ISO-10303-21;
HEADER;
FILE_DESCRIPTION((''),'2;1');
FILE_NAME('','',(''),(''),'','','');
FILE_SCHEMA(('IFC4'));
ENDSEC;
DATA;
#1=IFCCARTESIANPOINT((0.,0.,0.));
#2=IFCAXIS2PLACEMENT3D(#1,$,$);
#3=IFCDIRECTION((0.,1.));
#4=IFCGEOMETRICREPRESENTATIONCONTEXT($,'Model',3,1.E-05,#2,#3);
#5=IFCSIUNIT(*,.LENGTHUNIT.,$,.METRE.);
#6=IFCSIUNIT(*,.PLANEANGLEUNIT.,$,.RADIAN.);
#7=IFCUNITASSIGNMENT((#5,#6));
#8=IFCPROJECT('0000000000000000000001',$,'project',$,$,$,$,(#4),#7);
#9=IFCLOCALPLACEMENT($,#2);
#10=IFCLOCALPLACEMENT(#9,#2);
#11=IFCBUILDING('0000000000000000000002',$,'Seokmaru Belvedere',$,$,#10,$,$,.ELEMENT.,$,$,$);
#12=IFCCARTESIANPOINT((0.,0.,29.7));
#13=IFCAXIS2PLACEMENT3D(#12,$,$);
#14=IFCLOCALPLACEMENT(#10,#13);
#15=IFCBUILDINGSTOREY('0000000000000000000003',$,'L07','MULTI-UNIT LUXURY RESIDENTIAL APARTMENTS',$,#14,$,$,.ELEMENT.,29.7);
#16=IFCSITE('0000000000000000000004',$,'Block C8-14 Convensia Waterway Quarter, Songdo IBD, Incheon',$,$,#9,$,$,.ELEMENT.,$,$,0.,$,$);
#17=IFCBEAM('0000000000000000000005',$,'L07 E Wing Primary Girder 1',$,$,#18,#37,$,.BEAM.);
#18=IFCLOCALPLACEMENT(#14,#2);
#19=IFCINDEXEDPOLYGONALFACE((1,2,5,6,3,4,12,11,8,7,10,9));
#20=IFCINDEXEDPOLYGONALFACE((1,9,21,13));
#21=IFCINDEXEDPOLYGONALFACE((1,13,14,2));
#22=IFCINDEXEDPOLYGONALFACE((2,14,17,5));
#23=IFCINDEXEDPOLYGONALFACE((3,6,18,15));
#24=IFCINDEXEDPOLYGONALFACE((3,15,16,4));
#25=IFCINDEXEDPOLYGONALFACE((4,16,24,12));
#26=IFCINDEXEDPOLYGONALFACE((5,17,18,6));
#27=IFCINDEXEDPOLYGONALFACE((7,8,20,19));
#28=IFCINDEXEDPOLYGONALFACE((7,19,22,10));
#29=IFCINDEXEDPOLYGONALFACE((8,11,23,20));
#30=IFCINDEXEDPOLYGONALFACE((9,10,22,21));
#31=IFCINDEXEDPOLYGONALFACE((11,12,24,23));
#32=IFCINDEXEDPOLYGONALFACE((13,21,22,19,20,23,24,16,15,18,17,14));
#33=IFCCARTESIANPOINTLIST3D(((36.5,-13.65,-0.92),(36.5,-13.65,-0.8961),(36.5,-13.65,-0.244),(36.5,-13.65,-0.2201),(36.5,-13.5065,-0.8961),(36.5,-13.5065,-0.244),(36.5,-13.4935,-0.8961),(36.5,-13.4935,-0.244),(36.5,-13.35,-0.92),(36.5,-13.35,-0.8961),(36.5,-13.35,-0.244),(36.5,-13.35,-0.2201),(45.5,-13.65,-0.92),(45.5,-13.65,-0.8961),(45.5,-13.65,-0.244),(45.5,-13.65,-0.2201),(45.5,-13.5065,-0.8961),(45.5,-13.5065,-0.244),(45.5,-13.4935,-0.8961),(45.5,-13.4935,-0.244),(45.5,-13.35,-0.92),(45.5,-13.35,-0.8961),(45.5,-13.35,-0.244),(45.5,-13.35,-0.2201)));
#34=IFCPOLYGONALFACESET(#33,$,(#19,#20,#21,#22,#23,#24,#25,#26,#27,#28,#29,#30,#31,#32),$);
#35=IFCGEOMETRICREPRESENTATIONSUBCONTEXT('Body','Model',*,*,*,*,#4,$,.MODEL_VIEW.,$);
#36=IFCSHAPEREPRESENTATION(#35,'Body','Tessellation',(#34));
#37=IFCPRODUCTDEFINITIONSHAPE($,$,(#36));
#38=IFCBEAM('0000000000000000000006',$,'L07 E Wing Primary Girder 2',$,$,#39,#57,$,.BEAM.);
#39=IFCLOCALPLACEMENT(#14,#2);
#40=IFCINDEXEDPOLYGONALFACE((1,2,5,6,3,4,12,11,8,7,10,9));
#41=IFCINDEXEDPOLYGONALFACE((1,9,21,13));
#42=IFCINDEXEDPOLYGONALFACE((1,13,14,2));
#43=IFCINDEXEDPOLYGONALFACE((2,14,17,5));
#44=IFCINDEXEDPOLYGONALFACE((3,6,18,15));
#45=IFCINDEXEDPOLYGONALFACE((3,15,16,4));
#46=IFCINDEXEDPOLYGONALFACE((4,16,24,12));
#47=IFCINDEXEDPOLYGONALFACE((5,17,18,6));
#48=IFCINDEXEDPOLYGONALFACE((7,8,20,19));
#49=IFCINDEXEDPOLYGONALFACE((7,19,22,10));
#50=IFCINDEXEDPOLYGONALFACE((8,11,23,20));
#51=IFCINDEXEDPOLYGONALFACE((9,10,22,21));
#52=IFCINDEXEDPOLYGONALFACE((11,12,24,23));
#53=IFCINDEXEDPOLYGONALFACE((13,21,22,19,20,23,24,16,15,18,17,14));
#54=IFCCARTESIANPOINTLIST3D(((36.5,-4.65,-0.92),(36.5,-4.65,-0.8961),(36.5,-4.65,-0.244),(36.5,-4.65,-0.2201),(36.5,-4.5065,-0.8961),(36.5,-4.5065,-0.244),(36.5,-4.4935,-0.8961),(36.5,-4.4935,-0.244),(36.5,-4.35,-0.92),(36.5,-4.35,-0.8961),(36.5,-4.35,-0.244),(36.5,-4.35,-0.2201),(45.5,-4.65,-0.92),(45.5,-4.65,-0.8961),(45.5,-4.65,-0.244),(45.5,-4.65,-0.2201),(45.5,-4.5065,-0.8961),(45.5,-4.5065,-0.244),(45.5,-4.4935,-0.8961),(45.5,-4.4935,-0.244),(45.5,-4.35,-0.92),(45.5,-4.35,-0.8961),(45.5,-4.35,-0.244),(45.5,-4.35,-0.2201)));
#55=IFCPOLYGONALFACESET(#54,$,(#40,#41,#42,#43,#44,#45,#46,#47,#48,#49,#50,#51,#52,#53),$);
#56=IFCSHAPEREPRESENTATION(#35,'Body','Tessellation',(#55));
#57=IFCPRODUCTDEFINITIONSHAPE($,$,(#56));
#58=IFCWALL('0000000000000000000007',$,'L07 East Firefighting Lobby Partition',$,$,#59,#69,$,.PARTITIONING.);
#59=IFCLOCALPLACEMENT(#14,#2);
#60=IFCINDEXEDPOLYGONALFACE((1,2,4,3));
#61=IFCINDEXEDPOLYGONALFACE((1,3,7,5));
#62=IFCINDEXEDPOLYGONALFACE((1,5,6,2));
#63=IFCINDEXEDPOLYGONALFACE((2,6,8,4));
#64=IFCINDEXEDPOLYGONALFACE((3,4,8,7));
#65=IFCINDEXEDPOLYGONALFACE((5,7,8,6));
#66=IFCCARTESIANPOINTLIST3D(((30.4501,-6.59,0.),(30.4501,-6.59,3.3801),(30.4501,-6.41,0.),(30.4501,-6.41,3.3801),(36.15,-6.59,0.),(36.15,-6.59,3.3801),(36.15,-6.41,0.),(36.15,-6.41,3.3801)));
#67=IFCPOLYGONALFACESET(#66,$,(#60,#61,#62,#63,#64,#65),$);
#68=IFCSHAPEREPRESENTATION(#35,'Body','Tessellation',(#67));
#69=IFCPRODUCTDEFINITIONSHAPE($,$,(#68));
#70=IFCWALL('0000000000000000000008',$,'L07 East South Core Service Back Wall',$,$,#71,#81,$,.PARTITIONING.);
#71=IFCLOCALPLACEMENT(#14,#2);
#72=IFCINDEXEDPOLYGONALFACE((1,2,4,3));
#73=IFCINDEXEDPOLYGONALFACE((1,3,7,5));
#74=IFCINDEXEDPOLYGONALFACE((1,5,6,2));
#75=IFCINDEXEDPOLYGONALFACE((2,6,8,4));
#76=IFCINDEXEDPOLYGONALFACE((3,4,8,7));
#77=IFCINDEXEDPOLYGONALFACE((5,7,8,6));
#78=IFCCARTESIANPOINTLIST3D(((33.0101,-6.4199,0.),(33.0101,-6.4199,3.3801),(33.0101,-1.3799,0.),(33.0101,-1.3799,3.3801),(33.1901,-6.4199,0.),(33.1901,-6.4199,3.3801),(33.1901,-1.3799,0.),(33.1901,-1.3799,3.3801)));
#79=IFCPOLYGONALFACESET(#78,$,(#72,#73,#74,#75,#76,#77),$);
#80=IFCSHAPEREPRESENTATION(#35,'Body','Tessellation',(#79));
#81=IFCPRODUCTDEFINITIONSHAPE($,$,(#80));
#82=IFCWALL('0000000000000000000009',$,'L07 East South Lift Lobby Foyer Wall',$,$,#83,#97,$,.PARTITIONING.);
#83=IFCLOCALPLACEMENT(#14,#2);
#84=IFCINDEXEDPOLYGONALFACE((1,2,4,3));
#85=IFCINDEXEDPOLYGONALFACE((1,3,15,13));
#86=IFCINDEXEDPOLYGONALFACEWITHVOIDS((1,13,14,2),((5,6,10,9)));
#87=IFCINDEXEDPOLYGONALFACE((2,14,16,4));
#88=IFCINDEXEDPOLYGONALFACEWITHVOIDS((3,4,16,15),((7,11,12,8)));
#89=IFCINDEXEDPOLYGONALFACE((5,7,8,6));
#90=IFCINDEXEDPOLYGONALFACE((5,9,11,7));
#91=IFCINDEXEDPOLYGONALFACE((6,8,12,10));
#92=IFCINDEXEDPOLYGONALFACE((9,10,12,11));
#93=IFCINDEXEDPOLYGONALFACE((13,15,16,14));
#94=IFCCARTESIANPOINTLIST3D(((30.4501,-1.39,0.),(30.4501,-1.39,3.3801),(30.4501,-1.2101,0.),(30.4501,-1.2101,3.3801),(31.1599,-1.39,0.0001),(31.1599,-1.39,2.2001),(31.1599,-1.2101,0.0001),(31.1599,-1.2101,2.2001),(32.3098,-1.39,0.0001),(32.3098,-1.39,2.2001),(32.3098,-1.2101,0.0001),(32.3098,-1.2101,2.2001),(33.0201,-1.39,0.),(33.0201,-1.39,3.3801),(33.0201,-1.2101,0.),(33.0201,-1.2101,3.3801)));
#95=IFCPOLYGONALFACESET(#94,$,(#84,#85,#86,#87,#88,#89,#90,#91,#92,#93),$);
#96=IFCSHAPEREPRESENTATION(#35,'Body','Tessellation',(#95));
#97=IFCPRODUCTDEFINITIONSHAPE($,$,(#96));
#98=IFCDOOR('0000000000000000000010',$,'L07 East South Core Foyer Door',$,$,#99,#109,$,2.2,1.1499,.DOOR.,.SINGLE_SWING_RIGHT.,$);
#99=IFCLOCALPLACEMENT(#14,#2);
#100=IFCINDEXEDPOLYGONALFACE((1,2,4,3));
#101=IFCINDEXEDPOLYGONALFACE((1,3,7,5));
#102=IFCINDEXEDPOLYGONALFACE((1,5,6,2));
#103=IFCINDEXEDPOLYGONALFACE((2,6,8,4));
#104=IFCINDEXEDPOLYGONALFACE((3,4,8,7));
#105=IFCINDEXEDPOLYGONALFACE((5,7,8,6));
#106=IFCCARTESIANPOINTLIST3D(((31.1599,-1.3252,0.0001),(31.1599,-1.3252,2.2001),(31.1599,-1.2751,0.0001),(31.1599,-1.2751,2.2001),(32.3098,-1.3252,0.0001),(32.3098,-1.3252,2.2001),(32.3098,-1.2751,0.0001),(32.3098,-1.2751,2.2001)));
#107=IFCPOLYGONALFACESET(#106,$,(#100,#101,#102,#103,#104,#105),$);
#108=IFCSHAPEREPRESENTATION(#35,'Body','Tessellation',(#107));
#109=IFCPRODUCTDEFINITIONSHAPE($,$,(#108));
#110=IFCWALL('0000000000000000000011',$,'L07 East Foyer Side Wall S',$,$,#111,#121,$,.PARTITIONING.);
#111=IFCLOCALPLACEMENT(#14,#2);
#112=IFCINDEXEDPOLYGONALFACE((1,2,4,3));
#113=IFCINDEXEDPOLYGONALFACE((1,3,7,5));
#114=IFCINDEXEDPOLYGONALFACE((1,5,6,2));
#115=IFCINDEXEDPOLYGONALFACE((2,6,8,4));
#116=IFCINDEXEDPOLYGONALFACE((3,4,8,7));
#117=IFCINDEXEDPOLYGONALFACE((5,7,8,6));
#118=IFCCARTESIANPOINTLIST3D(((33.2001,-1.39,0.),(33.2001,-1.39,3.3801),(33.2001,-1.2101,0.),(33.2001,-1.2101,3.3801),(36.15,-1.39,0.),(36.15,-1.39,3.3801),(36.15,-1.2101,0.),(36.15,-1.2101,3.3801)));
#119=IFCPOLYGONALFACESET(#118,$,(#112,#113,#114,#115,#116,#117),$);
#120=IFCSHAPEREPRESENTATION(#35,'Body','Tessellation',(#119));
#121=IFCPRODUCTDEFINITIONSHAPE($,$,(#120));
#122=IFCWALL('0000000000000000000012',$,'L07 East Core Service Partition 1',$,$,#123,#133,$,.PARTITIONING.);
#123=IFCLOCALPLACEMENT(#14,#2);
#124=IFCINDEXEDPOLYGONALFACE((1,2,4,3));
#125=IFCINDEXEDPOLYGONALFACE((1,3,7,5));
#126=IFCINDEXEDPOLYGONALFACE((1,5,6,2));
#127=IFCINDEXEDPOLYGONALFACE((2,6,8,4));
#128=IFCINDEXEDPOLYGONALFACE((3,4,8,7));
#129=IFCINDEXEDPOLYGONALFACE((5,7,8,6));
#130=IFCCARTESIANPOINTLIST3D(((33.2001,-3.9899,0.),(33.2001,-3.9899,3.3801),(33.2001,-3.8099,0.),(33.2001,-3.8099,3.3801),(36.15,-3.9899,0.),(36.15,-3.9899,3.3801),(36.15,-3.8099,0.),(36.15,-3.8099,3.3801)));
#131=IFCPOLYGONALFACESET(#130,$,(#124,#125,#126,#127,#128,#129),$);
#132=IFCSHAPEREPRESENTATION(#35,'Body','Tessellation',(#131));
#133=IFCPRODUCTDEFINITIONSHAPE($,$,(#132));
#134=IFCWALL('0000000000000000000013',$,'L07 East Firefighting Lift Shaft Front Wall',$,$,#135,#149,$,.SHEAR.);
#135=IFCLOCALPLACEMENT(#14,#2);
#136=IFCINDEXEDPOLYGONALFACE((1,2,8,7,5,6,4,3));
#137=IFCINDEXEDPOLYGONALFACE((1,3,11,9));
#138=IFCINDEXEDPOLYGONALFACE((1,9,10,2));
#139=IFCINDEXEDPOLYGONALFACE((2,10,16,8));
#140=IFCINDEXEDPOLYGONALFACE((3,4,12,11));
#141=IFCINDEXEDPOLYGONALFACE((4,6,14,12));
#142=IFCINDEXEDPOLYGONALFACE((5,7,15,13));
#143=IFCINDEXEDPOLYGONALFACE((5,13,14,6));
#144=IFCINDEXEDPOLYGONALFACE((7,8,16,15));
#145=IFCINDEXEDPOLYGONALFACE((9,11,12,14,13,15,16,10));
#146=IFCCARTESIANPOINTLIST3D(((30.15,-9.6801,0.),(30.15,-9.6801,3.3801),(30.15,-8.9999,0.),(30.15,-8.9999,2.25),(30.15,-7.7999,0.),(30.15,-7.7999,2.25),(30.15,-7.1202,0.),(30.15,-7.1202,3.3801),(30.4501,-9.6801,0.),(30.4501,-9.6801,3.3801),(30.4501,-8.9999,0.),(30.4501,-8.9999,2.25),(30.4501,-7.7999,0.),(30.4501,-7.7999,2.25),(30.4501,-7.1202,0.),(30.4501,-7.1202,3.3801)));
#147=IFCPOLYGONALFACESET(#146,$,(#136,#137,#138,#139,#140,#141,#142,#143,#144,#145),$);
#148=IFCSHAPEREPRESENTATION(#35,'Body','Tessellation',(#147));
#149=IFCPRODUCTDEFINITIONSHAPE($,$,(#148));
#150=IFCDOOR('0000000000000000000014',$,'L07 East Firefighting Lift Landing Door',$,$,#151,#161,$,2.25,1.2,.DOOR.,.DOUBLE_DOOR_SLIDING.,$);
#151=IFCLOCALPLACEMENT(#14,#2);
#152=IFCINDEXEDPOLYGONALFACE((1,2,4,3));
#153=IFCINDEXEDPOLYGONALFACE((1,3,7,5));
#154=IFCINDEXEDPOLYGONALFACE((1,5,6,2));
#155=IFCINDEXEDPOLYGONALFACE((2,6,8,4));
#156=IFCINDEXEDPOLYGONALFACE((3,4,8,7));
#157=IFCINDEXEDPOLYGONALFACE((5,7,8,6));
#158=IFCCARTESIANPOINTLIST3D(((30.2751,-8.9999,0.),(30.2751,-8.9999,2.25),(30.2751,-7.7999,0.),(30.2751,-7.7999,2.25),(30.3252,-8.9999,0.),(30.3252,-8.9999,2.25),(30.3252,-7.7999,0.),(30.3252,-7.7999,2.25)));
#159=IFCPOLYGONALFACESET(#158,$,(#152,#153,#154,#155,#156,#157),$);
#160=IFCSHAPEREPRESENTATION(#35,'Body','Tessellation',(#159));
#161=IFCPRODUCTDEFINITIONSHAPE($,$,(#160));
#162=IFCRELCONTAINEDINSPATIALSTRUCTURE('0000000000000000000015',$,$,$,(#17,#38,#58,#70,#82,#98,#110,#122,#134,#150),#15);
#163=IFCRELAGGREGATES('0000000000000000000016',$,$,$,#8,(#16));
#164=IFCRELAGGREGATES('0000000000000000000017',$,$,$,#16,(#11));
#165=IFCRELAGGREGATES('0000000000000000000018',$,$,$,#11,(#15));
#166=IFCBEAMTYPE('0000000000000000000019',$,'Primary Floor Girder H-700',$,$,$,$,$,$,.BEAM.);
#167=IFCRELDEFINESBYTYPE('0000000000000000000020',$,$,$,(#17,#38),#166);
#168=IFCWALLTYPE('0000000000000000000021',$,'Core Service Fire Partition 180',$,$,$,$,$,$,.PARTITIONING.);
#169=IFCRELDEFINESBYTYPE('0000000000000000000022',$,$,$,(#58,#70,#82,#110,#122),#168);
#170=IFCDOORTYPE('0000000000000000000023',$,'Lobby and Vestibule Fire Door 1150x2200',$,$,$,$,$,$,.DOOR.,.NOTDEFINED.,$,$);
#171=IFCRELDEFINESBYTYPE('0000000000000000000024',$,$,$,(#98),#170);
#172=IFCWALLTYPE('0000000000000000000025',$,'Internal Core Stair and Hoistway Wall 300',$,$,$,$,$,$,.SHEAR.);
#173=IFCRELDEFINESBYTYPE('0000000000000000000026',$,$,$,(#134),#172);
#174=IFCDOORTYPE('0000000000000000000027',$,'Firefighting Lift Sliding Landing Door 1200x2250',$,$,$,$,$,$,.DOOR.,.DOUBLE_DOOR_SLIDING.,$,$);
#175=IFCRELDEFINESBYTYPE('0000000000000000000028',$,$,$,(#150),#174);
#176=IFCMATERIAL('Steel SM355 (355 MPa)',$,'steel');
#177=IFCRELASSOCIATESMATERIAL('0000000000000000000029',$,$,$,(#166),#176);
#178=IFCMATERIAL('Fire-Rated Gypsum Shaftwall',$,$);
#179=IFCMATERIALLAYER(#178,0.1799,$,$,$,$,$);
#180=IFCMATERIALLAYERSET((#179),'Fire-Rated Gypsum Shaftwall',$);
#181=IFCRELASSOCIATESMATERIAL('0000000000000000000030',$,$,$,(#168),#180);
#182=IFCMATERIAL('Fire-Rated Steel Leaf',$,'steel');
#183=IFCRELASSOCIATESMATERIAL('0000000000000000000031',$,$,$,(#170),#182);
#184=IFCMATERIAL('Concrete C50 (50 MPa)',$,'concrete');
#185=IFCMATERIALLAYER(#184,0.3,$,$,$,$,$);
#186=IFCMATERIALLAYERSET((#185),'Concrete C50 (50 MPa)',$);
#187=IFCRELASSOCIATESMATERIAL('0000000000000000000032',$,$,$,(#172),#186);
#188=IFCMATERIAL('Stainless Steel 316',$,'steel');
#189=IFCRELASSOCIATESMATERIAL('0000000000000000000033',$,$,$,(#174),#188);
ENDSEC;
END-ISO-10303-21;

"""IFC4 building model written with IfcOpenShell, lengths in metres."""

from ifc_helpers import new_model, si_unit, direction, frame, frame_2d, origin, origin_2d, place, context, subcontext, project, spatial, rectangle, i_section, extrude, source, transform, mapped, material, layer, layer_set, material_profile, profile_set, type_object, type_shapes, element, fill, save


model = new_model("IFC4")

# Units and contexts
model_context = context("Model", 3, precision=1e-05, world=origin(), true_north=direction((0.0, 1.0)))
body_context = subcontext(model_context, "Body", "Model", "MODEL_VIEW")
ifc_project = project(units=[si_unit("LENGTHUNIT", "METRE"), si_unit("PLANEANGLEUNIT", "RADIAN")], contexts=[model_context])

# Site, building, storey
site_placement = place(None, origin())
site = spatial("IfcSite", under=ifc_project, at=site_placement, Name="Block C8-14 Convensia Waterway Quarter, Songdo IBD, Incheon", CompositionType="ELEMENT", RefElevation=0.0)
building_placement = place(site_placement, origin())
building = spatial("IfcBuilding", under=site, at=building_placement, Name="Seokmaru Belvedere", CompositionType="ELEMENT")
storey_placement = place(building_placement, frame((0.0, 0.0, 29.7)))
storey = spatial("IfcBuildingStorey", under=building, at=storey_placement, Name="L07", Description="MULTI-UNIT LUXURY RESIDENTIAL APARTMENTS", CompositionType="ELEMENT", Elevation=29.7)

# Beams
ifc_material_1 = material(Name="Steel SM355 (355 MPa)", Category="steel")
ifc_material_profile = material_profile(ifc_material_1, i_section(OverallWidth=0.3, OverallDepth=0.7, WebThickness=0.0129, FlangeThickness=0.0239, at=origin_2d()), Name="H-700x300x13x24")
ifc_profile_set = profile_set([ifc_material_profile], Name="Steel SM355 (355 MPa)")
beam_type = type_object("IfcBeamType", Name="Primary Floor Girder H-700", PredefinedType="BEAM", material=ifc_profile_set)
shared_shape_1 = source(origin(), body_context, "Body", "SweptSolid", [
    extrude(i_section(OverallWidth=0.3, OverallDepth=0.7, WebThickness=0.0129, FlangeThickness=0.0239, at=origin_2d()), origin(), (0.0, 0.0, 1.0), 9.0),
])
type_shapes(beam_type, [shared_shape_1])
for number, where, z_axis, x_axis, name in (
    (1, (36.5, -13.5, -0.5701), (1.0, 0.0, 0.0), (0.0, 1.0, 0.0), "L07 E Wing Primary Girder 1"),
    (2, (36.5, -4.5, -0.5701), (1.0, 0.0, 0.0), (0.0, 1.0, 0.0), "L07 E Wing Primary Girder 2"),
):
    element("IfcBeam", number, at=place(storey_placement, frame(where, z_axis=z_axis, x_axis=x_axis)), inside=storey, type_object=beam_type, Name=name, PredefinedType="BEAM", context=body_context, shape_type="MappedRepresentation", body=[
        mapped(shared_shape_1, transform((0.0, 0.0, 0.0), scale=1.0)),
    ])

# Walls
ifc_material_2 = material(Name="Fire-Rated Gypsum Shaftwall")
ifc_layer_1 = layer(ifc_material_2, 0.1799)
ifc_layer_set_1 = layer_set([ifc_layer_1], Name="Fire-Rated Gypsum Shaftwall")
wall_type_1 = type_object("IfcWallType", Name="Core Service Fire Partition 180", PredefinedType="PARTITIONING", material=ifc_layer_set_1)
wall_1_placement = place(storey_placement, frame((30.45, -6.5, 0.0), z_axis=(0.0, 0.0, 1.0), x_axis=(1.0, 0.0, 0.0)))
element("IfcWall", 3, at=wall_1_placement, inside=storey, type_object=wall_type_1, Name="L07 East Firefighting Lobby Partition", PredefinedType="PARTITIONING", context=body_context, shape_type="SweptSolid", body=[
    extrude(rectangle(XDim=5.7, YDim=0.1799, at=frame_2d((2.8501, 0.0))), origin(), (0.0, 0.0, 1.0), 3.3801),
])
wall_2_placement = place(storey_placement, frame((33.1001, -6.4199, 0.0), z_axis=(0.0, 0.0, 1.0), x_axis=(0.0, 1.0, 0.0)))
element("IfcWall", 4, at=wall_2_placement, inside=storey, type_object=wall_type_1, Name="L07 East South Core Service Back Wall", PredefinedType="PARTITIONING", context=body_context, shape_type="SweptSolid", body=[
    extrude(rectangle(XDim=5.04, YDim=0.1799, at=frame_2d((2.52, 0.0))), origin(), (0.0, 0.0, 1.0), 3.3801),
])

# Wall, opening, door
wall_3_placement = place(storey_placement, frame((30.45, -1.3, 0.0), z_axis=(0.0, 0.0, 1.0), x_axis=(1.0, 0.0, 0.0)))
wall_3 = element("IfcWall", 5, at=wall_3_placement, inside=storey, type_object=wall_type_1, Name="L07 East South Lift Lobby Foyer Wall", PredefinedType="PARTITIONING", context=body_context, shape_type="SweptSolid", body=[
    extrude(rectangle(XDim=2.5701, YDim=0.1799, at=frame_2d((1.2852, 0.0))), origin(), (0.0, 0.0, 1.0), 3.3801),
])
opening_1_placement = place(wall_3_placement, frame((0.71, 0.0, 0.0)))
opening_1 = element("IfcOpeningElement", 6, at=opening_1_placement, cuts=wall_3, PredefinedType="OPENING", context=body_context, shape_type="SweptSolid", body=[
    extrude(rectangle(XDim=1.1499, YDim=2.2, at=frame_2d((0.575, 1.1001))), frame((0.0, 0.1001, 0.0), z_axis=(0.0, -1.0, 0.0), x_axis=(1.0, 0.0, 0.0)), (0.0, 0.0, 1.0), 0.2),
])
ifc_material_3 = material(Name="Fire-Rated Steel Leaf", Category="steel")
door_type_1 = type_object("IfcDoorType", Name="Lobby and Vestibule Fire Door 1150x2200", OperationType="NOTDEFINED", PredefinedType="DOOR", material=ifc_material_3)
shared_shape_2 = source(origin(), body_context, "Body", "SweptSolid", [
    extrude(rectangle(XDim=1.1499, YDim=2.2, at=frame_2d((0.575, 1.1001))), frame((0.0, 0.0249, 0.0), z_axis=(0.0, -1.0, 0.0), x_axis=(1.0, 0.0, 0.0)), (0.0, 0.0, 1.0), 0.05),
])
type_shapes(door_type_1, [shared_shape_2])
door_1_placement = place(opening_1_placement, origin())
door_1 = element("IfcDoor", 7, at=door_1_placement, inside=storey, type_object=door_type_1, Name="L07 East South Core Foyer Door", OperationType="SINGLE_SWING_RIGHT", OverallHeight=2.2, OverallWidth=1.1499, PredefinedType="DOOR", context=body_context, shape_type="MappedRepresentation", body=[
    mapped(shared_shape_2, transform((0.0, 0.0, 0.0), scale=1.0)),
])
fill(opening_1, door_1)

# Walls
for number, where, z_axis, x_axis, name in (
    (8, (33.2, -1.3, 0.0), (0.0, 0.0, 1.0), (1.0, 0.0, 0.0), "L07 East Foyer Side Wall S"),
    (9, (33.2, -3.8999, 0.0), (0.0, 0.0, 1.0), (1.0, 0.0, 0.0), "L07 East Core Service Partition 1"),
):
    element("IfcWall", number, at=place(storey_placement, frame(where, z_axis=z_axis, x_axis=x_axis)), inside=storey, type_object=wall_type_1, Name=name, PredefinedType="PARTITIONING", context=body_context, shape_type="SweptSolid", body=[
        extrude(rectangle(XDim=2.95, YDim=0.1799, at=frame_2d((1.4751, 0.0))), origin(), (0.0, 0.0, 1.0), 3.3801),
    ])

# Wall, opening, door
ifc_material_4 = material(Name="Concrete C50 (50 MPa)", Category="concrete")
ifc_layer_2 = layer(ifc_material_4, 0.3)
ifc_layer_set_2 = layer_set([ifc_layer_2], Name="Concrete C50 (50 MPa)")
wall_type_2 = type_object("IfcWallType", Name="Internal Core Stair and Hoistway Wall 300", PredefinedType="SHEAR", material=ifc_layer_set_2)
wall_4_placement = place(storey_placement, frame((30.3, -9.6799, 0.0), z_axis=(0.0, 0.0, 1.0), x_axis=(0.0, 1.0, 0.0)))
wall_4 = element("IfcWall", 10, at=wall_4_placement, inside=storey, type_object=wall_type_2, Name="L07 East Firefighting Lift Shaft Front Wall", PredefinedType="SHEAR", context=body_context, shape_type="SweptSolid", body=[
    extrude(rectangle(XDim=2.5598, YDim=0.3, at=frame_2d((1.2798, 0.0))), origin(), (0.0, 0.0, 1.0), 3.3801),
])
opening_2_placement = place(wall_4_placement, frame((0.6799, 0.0, 0.0)))
opening_2 = element("IfcOpeningElement", 11, at=opening_2_placement, cuts=wall_4, PredefinedType="OPENING", context=body_context, shape_type="SweptSolid", body=[
    extrude(rectangle(XDim=1.2, YDim=2.25, at=frame_2d((0.6001, 1.125))), frame((0.0, 0.1602, 0.0), z_axis=(0.0, -1.0, 0.0), x_axis=(1.0, 0.0, 0.0)), (0.0, 0.0, 1.0), 0.3201),
])
ifc_material_5 = material(Name="Stainless Steel 316", Category="steel")
door_type_2 = type_object("IfcDoorType", Name="Firefighting Lift Sliding Landing Door 1200x2250", OperationType="DOUBLE_DOOR_SLIDING", PredefinedType="DOOR", material=ifc_material_5)
shared_shape_3 = source(origin(), body_context, "Body", "SweptSolid", [
    extrude(rectangle(XDim=1.2, YDim=2.25, at=frame_2d((0.6001, 1.125))), frame((0.0, 0.0249, 0.0), z_axis=(0.0, -1.0, 0.0), x_axis=(1.0, 0.0, 0.0)), (0.0, 0.0, 1.0), 0.05),
])
type_shapes(door_type_2, [shared_shape_3])
door_2_placement = place(opening_2_placement, origin())
door_2 = element("IfcDoor", 12, at=door_2_placement, inside=storey, type_object=door_type_2, Name="L07 East Firefighting Lift Landing Door", OperationType="DOUBLE_DOOR_SLIDING", OverallHeight=2.25, OverallWidth=1.2, PredefinedType="DOOR", context=body_context, shape_type="MappedRepresentation", body=[
    mapped(shared_shape_3, transform((0.0, 0.0, 0.0), scale=1.0)),
])
fill(opening_2, door_2)

save(model, "model.ifc")
